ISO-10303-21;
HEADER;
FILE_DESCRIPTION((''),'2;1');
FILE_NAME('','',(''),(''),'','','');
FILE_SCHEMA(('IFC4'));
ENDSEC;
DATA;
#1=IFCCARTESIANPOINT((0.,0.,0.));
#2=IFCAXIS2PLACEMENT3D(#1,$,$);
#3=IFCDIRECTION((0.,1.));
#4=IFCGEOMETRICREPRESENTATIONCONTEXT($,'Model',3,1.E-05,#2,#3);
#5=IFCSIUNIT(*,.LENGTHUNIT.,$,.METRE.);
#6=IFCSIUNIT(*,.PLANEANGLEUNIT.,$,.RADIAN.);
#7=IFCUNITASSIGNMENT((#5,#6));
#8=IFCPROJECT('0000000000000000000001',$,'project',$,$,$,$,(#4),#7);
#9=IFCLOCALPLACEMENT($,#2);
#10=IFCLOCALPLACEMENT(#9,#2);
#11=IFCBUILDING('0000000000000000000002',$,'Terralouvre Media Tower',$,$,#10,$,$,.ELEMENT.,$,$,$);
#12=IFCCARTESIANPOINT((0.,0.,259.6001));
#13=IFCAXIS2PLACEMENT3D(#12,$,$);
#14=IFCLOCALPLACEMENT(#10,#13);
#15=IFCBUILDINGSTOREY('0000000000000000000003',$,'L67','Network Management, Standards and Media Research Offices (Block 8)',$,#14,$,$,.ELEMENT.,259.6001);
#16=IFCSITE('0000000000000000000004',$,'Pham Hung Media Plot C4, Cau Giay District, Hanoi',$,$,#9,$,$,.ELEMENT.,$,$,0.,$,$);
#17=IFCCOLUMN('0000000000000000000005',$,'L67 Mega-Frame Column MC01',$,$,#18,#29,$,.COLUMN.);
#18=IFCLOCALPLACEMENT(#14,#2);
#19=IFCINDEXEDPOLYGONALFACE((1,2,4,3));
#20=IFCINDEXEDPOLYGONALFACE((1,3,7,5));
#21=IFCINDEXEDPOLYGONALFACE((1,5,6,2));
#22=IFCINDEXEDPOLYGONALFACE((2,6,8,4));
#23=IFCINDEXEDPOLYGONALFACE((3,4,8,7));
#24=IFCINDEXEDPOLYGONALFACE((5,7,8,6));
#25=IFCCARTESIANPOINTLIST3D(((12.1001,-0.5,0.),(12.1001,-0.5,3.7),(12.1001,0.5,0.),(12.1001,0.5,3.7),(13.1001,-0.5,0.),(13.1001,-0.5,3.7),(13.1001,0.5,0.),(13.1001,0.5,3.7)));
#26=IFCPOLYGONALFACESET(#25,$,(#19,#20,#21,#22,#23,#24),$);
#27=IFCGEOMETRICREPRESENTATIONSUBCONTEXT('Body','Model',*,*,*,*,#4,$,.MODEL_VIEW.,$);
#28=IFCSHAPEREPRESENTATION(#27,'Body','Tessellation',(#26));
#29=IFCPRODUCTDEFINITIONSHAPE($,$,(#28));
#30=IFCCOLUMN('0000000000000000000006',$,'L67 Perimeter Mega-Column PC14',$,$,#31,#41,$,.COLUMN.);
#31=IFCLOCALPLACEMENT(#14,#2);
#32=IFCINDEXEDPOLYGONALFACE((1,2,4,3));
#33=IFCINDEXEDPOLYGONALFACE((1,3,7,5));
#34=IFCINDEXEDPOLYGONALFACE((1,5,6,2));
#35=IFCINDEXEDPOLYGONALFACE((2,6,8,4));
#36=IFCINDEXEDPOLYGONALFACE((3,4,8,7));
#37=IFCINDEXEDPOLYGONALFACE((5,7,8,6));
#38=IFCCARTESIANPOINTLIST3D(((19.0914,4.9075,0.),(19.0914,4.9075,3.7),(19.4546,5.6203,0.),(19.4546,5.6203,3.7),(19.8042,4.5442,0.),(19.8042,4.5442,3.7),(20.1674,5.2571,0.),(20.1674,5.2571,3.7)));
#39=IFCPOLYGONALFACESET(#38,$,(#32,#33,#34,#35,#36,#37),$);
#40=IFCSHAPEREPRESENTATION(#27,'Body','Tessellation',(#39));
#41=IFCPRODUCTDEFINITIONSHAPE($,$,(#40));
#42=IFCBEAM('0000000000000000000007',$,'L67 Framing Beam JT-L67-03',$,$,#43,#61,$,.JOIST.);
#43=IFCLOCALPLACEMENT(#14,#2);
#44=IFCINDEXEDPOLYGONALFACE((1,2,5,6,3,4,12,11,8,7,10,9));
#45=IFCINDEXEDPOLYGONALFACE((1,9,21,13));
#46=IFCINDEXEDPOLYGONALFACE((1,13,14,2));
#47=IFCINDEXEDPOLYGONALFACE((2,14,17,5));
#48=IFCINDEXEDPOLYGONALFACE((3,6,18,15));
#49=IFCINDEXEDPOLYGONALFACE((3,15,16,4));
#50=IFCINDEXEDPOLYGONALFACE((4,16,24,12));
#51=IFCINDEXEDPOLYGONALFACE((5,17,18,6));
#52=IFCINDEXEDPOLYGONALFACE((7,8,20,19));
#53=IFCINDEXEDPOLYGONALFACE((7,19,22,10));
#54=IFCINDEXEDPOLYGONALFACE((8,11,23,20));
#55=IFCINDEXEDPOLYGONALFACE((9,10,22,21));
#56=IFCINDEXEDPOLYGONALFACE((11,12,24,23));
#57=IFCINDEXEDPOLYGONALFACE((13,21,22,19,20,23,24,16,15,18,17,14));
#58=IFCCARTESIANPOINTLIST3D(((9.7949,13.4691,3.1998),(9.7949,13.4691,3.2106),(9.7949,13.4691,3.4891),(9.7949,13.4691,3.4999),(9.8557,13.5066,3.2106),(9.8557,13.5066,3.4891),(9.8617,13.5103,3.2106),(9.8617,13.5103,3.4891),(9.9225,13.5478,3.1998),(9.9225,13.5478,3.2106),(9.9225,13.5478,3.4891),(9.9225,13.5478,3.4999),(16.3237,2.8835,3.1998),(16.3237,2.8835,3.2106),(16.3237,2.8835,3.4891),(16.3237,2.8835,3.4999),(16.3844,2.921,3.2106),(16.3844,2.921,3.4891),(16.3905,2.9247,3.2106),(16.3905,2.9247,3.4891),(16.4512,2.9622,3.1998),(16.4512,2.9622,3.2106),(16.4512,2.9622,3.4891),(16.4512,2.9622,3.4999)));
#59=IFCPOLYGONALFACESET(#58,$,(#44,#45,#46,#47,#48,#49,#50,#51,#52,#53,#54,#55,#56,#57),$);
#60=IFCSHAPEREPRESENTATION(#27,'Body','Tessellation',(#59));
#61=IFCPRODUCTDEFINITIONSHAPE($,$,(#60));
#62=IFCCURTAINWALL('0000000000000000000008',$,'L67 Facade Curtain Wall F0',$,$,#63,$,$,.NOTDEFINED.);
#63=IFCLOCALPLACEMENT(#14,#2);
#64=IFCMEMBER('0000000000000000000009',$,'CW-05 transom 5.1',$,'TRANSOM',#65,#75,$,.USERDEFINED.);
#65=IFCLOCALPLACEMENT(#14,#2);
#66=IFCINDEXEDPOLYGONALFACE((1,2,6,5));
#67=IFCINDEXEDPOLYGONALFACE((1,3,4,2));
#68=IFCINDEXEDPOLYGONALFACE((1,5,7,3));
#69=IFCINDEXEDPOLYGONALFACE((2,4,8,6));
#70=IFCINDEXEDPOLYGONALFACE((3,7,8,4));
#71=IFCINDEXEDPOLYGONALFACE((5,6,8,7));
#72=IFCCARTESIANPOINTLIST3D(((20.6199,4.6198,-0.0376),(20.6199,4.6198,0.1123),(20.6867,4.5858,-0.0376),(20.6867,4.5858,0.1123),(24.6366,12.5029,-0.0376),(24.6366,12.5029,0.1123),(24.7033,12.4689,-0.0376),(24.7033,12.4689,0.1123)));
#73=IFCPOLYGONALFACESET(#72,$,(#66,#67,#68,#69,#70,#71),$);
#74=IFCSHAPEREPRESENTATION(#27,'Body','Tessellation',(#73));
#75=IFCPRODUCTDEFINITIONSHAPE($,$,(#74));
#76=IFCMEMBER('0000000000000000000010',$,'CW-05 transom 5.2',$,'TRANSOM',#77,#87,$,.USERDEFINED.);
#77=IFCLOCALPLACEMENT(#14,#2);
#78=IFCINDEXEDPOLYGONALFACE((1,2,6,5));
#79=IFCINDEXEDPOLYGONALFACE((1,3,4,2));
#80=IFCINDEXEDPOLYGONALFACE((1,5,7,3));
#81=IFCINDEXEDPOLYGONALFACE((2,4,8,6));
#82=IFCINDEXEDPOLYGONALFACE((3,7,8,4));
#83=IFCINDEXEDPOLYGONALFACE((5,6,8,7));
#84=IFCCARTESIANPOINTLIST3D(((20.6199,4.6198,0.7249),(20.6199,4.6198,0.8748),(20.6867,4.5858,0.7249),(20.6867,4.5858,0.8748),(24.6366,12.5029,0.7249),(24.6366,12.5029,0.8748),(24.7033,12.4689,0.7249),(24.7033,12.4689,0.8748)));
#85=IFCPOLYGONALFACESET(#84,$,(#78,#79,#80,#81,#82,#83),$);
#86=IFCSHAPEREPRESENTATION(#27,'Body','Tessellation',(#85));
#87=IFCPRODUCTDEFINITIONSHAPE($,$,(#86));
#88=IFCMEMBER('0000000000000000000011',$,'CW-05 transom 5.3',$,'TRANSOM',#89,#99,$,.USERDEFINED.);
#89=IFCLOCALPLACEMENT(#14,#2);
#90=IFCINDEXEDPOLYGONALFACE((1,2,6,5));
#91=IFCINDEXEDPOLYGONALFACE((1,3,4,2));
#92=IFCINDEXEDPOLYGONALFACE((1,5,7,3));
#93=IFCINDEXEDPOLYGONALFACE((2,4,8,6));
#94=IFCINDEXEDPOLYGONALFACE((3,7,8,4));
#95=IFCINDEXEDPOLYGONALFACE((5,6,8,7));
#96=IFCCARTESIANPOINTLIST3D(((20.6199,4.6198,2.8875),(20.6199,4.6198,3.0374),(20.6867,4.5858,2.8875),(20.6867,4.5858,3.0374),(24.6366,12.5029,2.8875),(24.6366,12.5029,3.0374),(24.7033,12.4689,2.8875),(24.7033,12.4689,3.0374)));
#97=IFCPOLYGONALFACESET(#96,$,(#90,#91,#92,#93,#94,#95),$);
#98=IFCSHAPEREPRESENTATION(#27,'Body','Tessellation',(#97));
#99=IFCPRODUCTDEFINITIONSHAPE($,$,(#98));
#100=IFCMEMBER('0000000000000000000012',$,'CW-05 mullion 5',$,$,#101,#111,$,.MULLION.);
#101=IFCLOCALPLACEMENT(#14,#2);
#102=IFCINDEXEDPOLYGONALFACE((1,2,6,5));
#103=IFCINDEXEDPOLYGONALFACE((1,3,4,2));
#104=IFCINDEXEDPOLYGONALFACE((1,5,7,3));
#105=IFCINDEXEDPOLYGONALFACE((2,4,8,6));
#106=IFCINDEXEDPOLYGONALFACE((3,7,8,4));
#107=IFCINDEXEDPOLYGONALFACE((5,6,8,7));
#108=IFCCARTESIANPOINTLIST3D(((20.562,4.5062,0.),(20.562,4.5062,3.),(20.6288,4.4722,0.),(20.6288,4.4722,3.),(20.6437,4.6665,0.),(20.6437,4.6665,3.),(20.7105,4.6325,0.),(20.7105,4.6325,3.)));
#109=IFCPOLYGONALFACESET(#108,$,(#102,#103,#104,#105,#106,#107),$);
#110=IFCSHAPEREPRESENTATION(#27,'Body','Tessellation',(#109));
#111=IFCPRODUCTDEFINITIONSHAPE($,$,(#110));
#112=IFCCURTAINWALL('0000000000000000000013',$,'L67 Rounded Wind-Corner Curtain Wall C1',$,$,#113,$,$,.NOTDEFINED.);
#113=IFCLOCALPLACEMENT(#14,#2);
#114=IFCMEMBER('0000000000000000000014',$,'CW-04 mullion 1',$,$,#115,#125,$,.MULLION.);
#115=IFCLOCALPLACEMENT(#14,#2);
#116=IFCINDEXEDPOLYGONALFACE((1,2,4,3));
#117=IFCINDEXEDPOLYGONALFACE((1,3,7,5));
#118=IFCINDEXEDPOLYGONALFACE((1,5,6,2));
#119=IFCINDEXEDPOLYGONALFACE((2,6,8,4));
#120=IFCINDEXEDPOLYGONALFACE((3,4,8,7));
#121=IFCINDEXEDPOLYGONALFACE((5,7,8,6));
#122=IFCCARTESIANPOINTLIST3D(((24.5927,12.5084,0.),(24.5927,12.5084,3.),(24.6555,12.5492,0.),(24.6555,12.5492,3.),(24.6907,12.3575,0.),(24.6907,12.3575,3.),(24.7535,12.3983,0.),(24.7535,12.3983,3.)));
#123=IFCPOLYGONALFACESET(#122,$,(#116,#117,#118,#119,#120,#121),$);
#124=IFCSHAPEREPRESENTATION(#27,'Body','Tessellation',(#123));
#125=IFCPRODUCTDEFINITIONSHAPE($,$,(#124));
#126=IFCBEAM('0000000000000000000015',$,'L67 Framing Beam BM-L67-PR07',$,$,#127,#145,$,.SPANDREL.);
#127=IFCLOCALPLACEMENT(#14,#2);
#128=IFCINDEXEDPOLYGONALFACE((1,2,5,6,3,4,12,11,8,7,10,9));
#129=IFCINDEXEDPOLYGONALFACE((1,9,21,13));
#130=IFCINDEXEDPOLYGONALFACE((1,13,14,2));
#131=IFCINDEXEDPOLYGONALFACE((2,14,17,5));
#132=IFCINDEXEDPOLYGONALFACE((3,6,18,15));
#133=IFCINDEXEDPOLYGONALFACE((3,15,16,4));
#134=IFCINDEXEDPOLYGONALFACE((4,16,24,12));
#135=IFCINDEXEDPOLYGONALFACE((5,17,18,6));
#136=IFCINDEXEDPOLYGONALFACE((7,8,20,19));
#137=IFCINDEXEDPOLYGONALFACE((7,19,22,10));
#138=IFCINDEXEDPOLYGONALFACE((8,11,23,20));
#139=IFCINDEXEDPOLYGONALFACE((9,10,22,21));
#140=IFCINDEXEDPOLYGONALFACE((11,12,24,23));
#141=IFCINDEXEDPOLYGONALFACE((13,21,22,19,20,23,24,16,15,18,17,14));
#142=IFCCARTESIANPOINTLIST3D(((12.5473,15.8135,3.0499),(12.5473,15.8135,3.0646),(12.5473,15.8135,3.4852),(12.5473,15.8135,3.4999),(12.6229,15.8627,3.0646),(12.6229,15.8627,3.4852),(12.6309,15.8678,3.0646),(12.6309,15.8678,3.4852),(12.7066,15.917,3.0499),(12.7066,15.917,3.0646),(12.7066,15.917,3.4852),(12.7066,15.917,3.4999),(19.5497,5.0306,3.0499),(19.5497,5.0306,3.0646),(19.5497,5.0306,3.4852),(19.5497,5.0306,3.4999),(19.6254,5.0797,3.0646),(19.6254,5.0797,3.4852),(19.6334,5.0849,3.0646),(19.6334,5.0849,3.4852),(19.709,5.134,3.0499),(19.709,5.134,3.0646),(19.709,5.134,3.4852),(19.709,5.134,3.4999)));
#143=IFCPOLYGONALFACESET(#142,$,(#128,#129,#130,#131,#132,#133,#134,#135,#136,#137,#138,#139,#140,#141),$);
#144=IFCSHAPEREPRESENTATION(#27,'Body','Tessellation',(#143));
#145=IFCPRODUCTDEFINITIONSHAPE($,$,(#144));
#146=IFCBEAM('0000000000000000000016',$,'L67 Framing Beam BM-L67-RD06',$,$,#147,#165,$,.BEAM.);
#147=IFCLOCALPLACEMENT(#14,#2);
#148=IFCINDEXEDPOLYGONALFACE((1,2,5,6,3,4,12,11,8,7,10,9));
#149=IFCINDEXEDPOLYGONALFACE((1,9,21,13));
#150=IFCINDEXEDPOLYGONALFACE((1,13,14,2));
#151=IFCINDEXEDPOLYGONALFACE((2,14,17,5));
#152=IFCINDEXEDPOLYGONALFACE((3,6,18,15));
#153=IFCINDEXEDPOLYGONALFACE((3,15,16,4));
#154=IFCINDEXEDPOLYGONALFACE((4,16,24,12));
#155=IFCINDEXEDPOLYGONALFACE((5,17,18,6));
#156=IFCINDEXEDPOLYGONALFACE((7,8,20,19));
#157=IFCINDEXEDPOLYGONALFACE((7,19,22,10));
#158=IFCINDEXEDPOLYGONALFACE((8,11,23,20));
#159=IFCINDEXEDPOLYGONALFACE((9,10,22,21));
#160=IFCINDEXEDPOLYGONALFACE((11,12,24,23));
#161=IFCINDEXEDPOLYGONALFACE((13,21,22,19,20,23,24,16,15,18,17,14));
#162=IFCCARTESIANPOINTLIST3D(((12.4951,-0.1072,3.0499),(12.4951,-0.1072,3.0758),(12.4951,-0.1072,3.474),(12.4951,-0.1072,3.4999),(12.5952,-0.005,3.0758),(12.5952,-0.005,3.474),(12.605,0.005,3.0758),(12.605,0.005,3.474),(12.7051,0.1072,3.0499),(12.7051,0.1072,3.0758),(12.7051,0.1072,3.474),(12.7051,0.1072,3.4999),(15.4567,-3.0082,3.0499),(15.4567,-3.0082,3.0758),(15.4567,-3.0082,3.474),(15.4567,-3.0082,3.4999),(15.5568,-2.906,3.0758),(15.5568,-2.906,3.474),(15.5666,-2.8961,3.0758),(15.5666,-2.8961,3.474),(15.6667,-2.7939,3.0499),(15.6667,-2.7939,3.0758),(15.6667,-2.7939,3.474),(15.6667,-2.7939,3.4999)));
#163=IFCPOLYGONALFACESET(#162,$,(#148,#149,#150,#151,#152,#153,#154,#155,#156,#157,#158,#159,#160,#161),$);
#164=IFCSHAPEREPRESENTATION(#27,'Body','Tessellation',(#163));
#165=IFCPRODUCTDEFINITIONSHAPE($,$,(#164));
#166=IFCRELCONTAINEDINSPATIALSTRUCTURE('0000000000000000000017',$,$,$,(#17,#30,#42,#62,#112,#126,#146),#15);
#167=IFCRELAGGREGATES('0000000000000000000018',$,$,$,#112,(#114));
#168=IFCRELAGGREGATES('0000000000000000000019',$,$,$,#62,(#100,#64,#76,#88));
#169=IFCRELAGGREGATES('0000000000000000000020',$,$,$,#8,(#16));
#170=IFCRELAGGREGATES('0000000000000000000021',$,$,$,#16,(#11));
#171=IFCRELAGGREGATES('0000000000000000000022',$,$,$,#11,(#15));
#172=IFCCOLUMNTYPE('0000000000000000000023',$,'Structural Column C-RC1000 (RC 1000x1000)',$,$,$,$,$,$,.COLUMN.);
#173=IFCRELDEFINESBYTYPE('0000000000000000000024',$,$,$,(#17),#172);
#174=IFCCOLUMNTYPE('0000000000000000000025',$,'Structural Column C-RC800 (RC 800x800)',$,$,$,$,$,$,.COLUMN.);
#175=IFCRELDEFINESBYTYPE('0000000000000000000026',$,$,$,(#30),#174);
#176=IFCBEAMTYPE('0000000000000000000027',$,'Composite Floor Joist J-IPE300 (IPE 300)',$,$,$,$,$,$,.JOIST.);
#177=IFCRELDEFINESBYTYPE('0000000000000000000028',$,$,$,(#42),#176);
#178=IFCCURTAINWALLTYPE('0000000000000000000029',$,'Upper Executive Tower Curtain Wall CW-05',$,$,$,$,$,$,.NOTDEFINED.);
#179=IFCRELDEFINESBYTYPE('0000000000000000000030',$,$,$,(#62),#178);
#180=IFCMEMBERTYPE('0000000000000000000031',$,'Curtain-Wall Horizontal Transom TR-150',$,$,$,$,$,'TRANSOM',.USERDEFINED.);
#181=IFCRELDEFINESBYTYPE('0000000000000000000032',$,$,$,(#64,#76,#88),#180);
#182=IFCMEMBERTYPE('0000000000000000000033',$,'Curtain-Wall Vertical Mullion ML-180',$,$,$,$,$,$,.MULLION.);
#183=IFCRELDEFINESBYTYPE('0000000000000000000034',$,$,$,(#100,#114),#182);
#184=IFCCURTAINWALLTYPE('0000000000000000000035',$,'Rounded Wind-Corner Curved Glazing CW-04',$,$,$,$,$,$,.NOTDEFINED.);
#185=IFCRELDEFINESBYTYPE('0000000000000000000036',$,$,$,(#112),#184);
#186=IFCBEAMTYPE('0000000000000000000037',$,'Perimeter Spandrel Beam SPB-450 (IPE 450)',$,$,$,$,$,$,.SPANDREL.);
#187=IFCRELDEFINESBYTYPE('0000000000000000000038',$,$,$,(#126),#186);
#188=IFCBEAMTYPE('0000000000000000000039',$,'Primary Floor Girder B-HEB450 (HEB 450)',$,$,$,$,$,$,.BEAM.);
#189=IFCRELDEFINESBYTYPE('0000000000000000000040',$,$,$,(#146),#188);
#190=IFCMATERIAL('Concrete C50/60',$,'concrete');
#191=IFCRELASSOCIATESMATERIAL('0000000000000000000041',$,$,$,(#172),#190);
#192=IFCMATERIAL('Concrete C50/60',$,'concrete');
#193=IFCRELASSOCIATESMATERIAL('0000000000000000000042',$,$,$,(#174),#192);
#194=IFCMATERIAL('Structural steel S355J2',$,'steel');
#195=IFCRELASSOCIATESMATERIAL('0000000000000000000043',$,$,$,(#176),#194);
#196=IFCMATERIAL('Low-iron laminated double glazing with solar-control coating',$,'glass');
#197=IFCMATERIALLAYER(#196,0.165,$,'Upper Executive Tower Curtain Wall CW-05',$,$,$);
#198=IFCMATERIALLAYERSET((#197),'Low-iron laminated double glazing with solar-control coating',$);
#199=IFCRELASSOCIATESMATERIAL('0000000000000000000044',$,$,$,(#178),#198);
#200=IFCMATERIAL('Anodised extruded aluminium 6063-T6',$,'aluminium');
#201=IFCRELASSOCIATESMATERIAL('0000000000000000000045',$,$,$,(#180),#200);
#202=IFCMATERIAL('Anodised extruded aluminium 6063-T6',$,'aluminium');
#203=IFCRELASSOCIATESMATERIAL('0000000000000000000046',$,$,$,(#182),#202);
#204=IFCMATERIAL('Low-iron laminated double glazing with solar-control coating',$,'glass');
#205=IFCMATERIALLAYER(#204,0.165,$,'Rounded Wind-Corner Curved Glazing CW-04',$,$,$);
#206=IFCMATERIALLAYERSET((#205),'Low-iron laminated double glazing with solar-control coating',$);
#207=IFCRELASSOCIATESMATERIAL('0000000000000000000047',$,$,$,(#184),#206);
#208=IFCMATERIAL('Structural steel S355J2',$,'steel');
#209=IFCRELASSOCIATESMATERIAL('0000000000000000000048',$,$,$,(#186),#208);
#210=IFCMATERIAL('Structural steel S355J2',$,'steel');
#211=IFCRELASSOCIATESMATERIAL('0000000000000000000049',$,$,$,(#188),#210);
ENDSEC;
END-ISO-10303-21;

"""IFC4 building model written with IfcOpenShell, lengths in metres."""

from ifc_helpers import new_model, si_unit, direction, frame, origin, origin_2d, place, context, subcontext, project, spatial, rectangle, i_section, extrude, material, layer, layer_set, material_profile, profile_set, type_object, element, aggregate, save


model = new_model("IFC4")

# Units and contexts
model_context = context("Model", 3, precision=1e-05, world=origin(), true_north=direction((0.0, 1.0)))
body_context = subcontext(model_context, "Body", "Model", "MODEL_VIEW")
ifc_project = project(units=[si_unit("LENGTHUNIT", "METRE"), si_unit("PLANEANGLEUNIT", "RADIAN")], contexts=[model_context])

# Site, building, storey
site_placement = place(None, origin())
site = spatial("IfcSite", under=ifc_project, at=site_placement, Name="Pham Hung Media Plot C4, Cau Giay District, Hanoi", CompositionType="ELEMENT", RefElevation=0.0)
building_placement = place(site_placement, origin())
building = spatial("IfcBuilding", under=site, at=building_placement, Name="Terralouvre Media Tower", CompositionType="ELEMENT")
storey_placement = place(building_placement, frame((0.0, 0.0, 259.6001)))
storey = spatial("IfcBuildingStorey", under=building, at=storey_placement, Name="L67", Description="Network Management, Standards and Media Research Offices (Block 8)", CompositionType="ELEMENT", Elevation=259.6001)

# Columns
ifc_material_1 = material(Name="Concrete C50/60", Category="concrete")
ifc_material_profile_1 = material_profile(ifc_material_1, rectangle(XDim=1.0, YDim=1.0, at=origin_2d()), Name="RC 1000x1000")
ifc_profile_set_1 = profile_set([ifc_material_profile_1], Name="Concrete C50/60")
column_type_1 = type_object("IfcColumnType", Name="Structural Column C-RC1000 (RC 1000x1000)", PredefinedType="COLUMN", material=ifc_profile_set_1)
column_1_placement = place(storey_placement, frame((12.6001, 0.0, 0.0), z_axis=(0.0, 0.0, 1.0), x_axis=(1.0, 0.0, 0.0)))
element("IfcColumn", 1, at=column_1_placement, inside=storey, type_object=column_type_1, Name="L67 Mega-Frame Column MC01", PredefinedType="COLUMN", context=body_context, shape_type="SweptSolid", body=[
    extrude(rectangle(XDim=1.0, YDim=1.0, at=origin_2d()), origin(), (0.0, 0.0, 1.0), 3.7),
])
ifc_material_2 = material(Name="Concrete C50/60", Category="concrete")
ifc_material_profile_2 = material_profile(ifc_material_2, rectangle(XDim=0.8, YDim=0.8, at=origin_2d()), Name="RC 800x800")
ifc_profile_set_2 = profile_set([ifc_material_profile_2], Name="Concrete C50/60")
column_type_2 = type_object("IfcColumnType", Name="Structural Column C-RC800 (RC 800x800)", PredefinedType="COLUMN", material=ifc_profile_set_2)
column_2_placement = place(storey_placement, frame((19.6294, 5.0823, 0.0), z_axis=(0.0, 0.0, 1.0), x_axis=(0.45399, 0.891007, 0.0)))
element("IfcColumn", 2, at=column_2_placement, inside=storey, type_object=column_type_2, Name="L67 Perimeter Mega-Column PC14", PredefinedType="COLUMN", context=body_context, shape_type="SweptSolid", body=[
    extrude(rectangle(XDim=0.8, YDim=0.8, at=origin_2d()), origin(), (0.0, 0.0, 1.0), 3.7),
])

# Beam
ifc_material_3 = material(Name="Structural steel S355J2", Category="steel")
ifc_material_profile_3 = material_profile(ifc_material_3, i_section(OverallWidth=0.1499, OverallDepth=0.3, WebThickness=0.0071, FlangeThickness=0.0107, at=origin_2d()), Name="IPE 300")
ifc_profile_set_3 = profile_set([ifc_material_profile_3], Name="Structural steel S355J2")
beam_type_1 = type_object("IfcBeamType", Name="Composite Floor Joist J-IPE300 (IPE 300)", PredefinedType="JOIST", material=ifc_profile_set_3)
beam_1_placement = place(storey_placement, frame((16.3875, 2.9229, 3.3499), z_axis=(-0.524945, 0.851136, 0.0), x_axis=(-0.851136, -0.524945, 0.0)))
element("IfcBeam", 3, at=beam_1_placement, inside=storey, type_object=beam_type_1, Name="L67 Framing Beam JT-L67-03", PredefinedType="JOIST", context=body_context, shape_type="SweptSolid", body=[
    extrude(i_section(OverallWidth=0.1499, OverallDepth=0.3, WebThickness=0.0071, FlangeThickness=0.0107, at=origin_2d()), origin(), (0.0, 0.0, 1.0), 12.437),
])

# Curtain wall, members
ifc_material_4 = material(Name="Low-iron laminated double glazing with solar-control coating", Category="glass")
ifc_layer_1 = layer(ifc_material_4, 0.165, Name="Upper Executive Tower Curtain Wall CW-05")
ifc_layer_set_1 = layer_set([ifc_layer_1], Name="Low-iron laminated double glazing with solar-control coating")
curtain_wall_type_1 = type_object("IfcCurtainWallType", Name="Upper Executive Tower Curtain Wall CW-05", PredefinedType="NOTDEFINED", material=ifc_layer_set_1)
curtain_wall_1_placement = place(storey_placement, origin())
curtain_wall_1 = element("IfcCurtainWall", 4, at=curtain_wall_1_placement, inside=storey, type_object=curtain_wall_type_1, Name="L67 Facade Curtain Wall F0", PredefinedType="NOTDEFINED")
ifc_material_5 = material(Name="Anodised extruded aluminium 6063-T6", Category="aluminium")
ifc_material_profile_4 = material_profile(ifc_material_5, rectangle(XDim=0.075, YDim=0.1499, at=origin_2d()), Name="ALU 75x150")
ifc_profile_set_4 = profile_set([ifc_material_profile_4], Name="Anodised extruded aluminium 6063-T6")
member_type_1 = type_object("IfcMemberType", Name="Curtain-Wall Horizontal Transom TR-150", ElementType="TRANSOM", PredefinedType="USERDEFINED", material=ifc_profile_set_4)
member_1_placement = place(storey_placement, frame((20.6533, 4.6028, 0.0374), z_axis=(0.453989, 0.891007, 0.0), x_axis=(-0.891007, 0.453989, 0.0)))
member_1 = element("IfcMember", 5, at=member_1_placement, type_object=member_type_1, Name="CW-05 transom 5.1", ObjectType="TRANSOM", PredefinedType="USERDEFINED", context=body_context, shape_type="SweptSolid", body=[
    extrude(rectangle(XDim=0.075, YDim=0.1499, at=origin_2d()), origin(), (0.0, 0.0, 1.0), 8.8474),
])
member_2_placement = place(storey_placement, frame((20.6533, 4.6028, 0.7998), z_axis=(0.453989, 0.891007, 0.0), x_axis=(-0.891007, 0.453989, 0.0)))
member_2 = element("IfcMember", 6, at=member_2_placement, type_object=member_type_1, Name="CW-05 transom 5.2", ObjectType="TRANSOM", PredefinedType="USERDEFINED", context=body_context, shape_type="SweptSolid", body=[
    extrude(rectangle(XDim=0.075, YDim=0.1499, at=origin_2d()), origin(), (0.0, 0.0, 1.0), 8.8474),
])
member_3_placement = place(storey_placement, frame((20.6533, 4.6028, 2.9624), z_axis=(0.453989, 0.891007, 0.0), x_axis=(-0.891007, 0.453989, 0.0)))
member_3 = element("IfcMember", 7, at=member_3_placement, type_object=member_type_1, Name="CW-05 transom 5.3", ObjectType="TRANSOM", PredefinedType="USERDEFINED", context=body_context, shape_type="SweptSolid", body=[
    extrude(rectangle(XDim=0.075, YDim=0.1499, at=origin_2d()), origin(), (0.0, 0.0, 1.0), 8.8474),
])
ifc_material_6 = material(Name="Anodised extruded aluminium 6063-T6", Category="aluminium")
ifc_material_profile_5 = material_profile(ifc_material_6, rectangle(XDim=0.075, YDim=0.1799, at=origin_2d()), Name="ALU 75x180")
ifc_profile_set_5 = profile_set([ifc_material_profile_5], Name="Anodised extruded aluminium 6063-T6")
member_type_2 = type_object("IfcMemberType", Name="Curtain-Wall Vertical Mullion ML-180", PredefinedType="MULLION", material=ifc_profile_set_5)
member_4_placement = place(storey_placement, frame((20.6362, 4.5693, 0.0), z_axis=(0.0, 0.0, 1.0), x_axis=(-0.891007, 0.45399, 0.0)))
member_4 = element("IfcMember", 8, at=member_4_placement, type_object=member_type_2, Name="CW-05 mullion 5", PredefinedType="MULLION", context=body_context, shape_type="SweptSolid", body=[
    extrude(rectangle(XDim=0.075, YDim=0.1799, at=origin_2d()), origin(), (0.0, 0.0, 1.0), 3.0),
])

# Curtain wall, member
ifc_material_7 = material(Name="Low-iron laminated double glazing with solar-control coating", Category="glass")
ifc_layer_2 = layer(ifc_material_7, 0.165, Name="Rounded Wind-Corner Curved Glazing CW-04")
ifc_layer_set_2 = layer_set([ifc_layer_2], Name="Low-iron laminated double glazing with solar-control coating")
curtain_wall_type_2 = type_object("IfcCurtainWallType", Name="Rounded Wind-Corner Curved Glazing CW-04", PredefinedType="NOTDEFINED", material=ifc_layer_set_2)
curtain_wall_2_placement = place(storey_placement, origin())
curtain_wall_2 = element("IfcCurtainWall", 9, at=curtain_wall_2_placement, inside=storey, type_object=curtain_wall_type_2, Name="L67 Rounded Wind-Corner Curtain Wall C1", PredefinedType="NOTDEFINED")
member_5_placement = place(storey_placement, frame((24.6731, 12.4534, 0.0), z_axis=(0.0, 0.0, 1.0), x_axis=(-0.83867, -0.544639, 0.0)))
member_5 = element("IfcMember", 10, at=member_5_placement, type_object=member_type_2, Name="CW-04 mullion 1", PredefinedType="MULLION", context=body_context, shape_type="SweptSolid", body=[
    extrude(rectangle(XDim=0.075, YDim=0.1799, at=origin_2d()), origin(), (0.0, 0.0, 1.0), 3.0),
])
aggregate(curtain_wall_2, [member_5])

# Beams
ifc_material_8 = material(Name="Structural steel S355J2", Category="steel")
ifc_material_profile_6 = material_profile(ifc_material_8, i_section(OverallWidth=0.1899, OverallDepth=0.45, WebThickness=0.0095, FlangeThickness=0.0146, at=origin_2d()), Name="IPE 450")
ifc_profile_set_6 = profile_set([ifc_material_profile_6], Name="Structural steel S355J2")
beam_type_2 = type_object("IfcBeamType", Name="Perimeter Spandrel Beam SPB-450 (IPE 450)", PredefinedType="SPANDREL", material=ifc_profile_set_6)
beam_2_placement = place(storey_placement, frame((19.6294, 5.0823, 3.2749), z_axis=(-0.544634, 0.838674, 0.0), x_axis=(-0.838674, -0.544634, 0.0)))
element("IfcBeam", 11, at=beam_2_placement, inside=storey, type_object=beam_type_2, Name="L67 Framing Beam BM-L67-PR07", PredefinedType="SPANDREL", context=body_context, shape_type="SweptSolid", body=[
    extrude(i_section(OverallWidth=0.1899, OverallDepth=0.45, WebThickness=0.0095, FlangeThickness=0.0146, at=origin_2d()), origin(), (0.0, 0.0, 1.0), 12.8572),
])
ifc_material_9 = material(Name="Structural steel S355J2", Category="steel")
ifc_material_profile_7 = material_profile(ifc_material_9, i_section(OverallWidth=0.3, OverallDepth=0.45, WebThickness=0.0139, FlangeThickness=0.0259, at=origin_2d()), Name="HEB 450")
ifc_profile_set_7 = profile_set([ifc_material_profile_7], Name="Structural steel S355J2")
beam_type_3 = type_object("IfcBeamType", Name="Primary Floor Girder B-HEB450 (HEB 450)", PredefinedType="BEAM", material=ifc_profile_set_7)
beam_3_placement = place(storey_placement, frame((12.6001, 0.0, 3.2749), z_axis=(0.714371, -0.699767, 0.0), x_axis=(0.699767, 0.714371, 0.0)))
element("IfcBeam", 12, at=beam_3_placement, inside=storey, type_object=beam_type_3, Name="L67 Framing Beam BM-L67-RD06", PredefinedType="BEAM", context=body_context, shape_type="SweptSolid", body=[
    extrude(i_section(OverallWidth=0.3, OverallDepth=0.45, WebThickness=0.0139, FlangeThickness=0.0259, at=origin_2d()), origin(), (0.0, 0.0, 1.0), 4.1458),
])

aggregate(curtain_wall_1, [member_4, member_1, member_2, member_3])

save(model, "model.ifc")
